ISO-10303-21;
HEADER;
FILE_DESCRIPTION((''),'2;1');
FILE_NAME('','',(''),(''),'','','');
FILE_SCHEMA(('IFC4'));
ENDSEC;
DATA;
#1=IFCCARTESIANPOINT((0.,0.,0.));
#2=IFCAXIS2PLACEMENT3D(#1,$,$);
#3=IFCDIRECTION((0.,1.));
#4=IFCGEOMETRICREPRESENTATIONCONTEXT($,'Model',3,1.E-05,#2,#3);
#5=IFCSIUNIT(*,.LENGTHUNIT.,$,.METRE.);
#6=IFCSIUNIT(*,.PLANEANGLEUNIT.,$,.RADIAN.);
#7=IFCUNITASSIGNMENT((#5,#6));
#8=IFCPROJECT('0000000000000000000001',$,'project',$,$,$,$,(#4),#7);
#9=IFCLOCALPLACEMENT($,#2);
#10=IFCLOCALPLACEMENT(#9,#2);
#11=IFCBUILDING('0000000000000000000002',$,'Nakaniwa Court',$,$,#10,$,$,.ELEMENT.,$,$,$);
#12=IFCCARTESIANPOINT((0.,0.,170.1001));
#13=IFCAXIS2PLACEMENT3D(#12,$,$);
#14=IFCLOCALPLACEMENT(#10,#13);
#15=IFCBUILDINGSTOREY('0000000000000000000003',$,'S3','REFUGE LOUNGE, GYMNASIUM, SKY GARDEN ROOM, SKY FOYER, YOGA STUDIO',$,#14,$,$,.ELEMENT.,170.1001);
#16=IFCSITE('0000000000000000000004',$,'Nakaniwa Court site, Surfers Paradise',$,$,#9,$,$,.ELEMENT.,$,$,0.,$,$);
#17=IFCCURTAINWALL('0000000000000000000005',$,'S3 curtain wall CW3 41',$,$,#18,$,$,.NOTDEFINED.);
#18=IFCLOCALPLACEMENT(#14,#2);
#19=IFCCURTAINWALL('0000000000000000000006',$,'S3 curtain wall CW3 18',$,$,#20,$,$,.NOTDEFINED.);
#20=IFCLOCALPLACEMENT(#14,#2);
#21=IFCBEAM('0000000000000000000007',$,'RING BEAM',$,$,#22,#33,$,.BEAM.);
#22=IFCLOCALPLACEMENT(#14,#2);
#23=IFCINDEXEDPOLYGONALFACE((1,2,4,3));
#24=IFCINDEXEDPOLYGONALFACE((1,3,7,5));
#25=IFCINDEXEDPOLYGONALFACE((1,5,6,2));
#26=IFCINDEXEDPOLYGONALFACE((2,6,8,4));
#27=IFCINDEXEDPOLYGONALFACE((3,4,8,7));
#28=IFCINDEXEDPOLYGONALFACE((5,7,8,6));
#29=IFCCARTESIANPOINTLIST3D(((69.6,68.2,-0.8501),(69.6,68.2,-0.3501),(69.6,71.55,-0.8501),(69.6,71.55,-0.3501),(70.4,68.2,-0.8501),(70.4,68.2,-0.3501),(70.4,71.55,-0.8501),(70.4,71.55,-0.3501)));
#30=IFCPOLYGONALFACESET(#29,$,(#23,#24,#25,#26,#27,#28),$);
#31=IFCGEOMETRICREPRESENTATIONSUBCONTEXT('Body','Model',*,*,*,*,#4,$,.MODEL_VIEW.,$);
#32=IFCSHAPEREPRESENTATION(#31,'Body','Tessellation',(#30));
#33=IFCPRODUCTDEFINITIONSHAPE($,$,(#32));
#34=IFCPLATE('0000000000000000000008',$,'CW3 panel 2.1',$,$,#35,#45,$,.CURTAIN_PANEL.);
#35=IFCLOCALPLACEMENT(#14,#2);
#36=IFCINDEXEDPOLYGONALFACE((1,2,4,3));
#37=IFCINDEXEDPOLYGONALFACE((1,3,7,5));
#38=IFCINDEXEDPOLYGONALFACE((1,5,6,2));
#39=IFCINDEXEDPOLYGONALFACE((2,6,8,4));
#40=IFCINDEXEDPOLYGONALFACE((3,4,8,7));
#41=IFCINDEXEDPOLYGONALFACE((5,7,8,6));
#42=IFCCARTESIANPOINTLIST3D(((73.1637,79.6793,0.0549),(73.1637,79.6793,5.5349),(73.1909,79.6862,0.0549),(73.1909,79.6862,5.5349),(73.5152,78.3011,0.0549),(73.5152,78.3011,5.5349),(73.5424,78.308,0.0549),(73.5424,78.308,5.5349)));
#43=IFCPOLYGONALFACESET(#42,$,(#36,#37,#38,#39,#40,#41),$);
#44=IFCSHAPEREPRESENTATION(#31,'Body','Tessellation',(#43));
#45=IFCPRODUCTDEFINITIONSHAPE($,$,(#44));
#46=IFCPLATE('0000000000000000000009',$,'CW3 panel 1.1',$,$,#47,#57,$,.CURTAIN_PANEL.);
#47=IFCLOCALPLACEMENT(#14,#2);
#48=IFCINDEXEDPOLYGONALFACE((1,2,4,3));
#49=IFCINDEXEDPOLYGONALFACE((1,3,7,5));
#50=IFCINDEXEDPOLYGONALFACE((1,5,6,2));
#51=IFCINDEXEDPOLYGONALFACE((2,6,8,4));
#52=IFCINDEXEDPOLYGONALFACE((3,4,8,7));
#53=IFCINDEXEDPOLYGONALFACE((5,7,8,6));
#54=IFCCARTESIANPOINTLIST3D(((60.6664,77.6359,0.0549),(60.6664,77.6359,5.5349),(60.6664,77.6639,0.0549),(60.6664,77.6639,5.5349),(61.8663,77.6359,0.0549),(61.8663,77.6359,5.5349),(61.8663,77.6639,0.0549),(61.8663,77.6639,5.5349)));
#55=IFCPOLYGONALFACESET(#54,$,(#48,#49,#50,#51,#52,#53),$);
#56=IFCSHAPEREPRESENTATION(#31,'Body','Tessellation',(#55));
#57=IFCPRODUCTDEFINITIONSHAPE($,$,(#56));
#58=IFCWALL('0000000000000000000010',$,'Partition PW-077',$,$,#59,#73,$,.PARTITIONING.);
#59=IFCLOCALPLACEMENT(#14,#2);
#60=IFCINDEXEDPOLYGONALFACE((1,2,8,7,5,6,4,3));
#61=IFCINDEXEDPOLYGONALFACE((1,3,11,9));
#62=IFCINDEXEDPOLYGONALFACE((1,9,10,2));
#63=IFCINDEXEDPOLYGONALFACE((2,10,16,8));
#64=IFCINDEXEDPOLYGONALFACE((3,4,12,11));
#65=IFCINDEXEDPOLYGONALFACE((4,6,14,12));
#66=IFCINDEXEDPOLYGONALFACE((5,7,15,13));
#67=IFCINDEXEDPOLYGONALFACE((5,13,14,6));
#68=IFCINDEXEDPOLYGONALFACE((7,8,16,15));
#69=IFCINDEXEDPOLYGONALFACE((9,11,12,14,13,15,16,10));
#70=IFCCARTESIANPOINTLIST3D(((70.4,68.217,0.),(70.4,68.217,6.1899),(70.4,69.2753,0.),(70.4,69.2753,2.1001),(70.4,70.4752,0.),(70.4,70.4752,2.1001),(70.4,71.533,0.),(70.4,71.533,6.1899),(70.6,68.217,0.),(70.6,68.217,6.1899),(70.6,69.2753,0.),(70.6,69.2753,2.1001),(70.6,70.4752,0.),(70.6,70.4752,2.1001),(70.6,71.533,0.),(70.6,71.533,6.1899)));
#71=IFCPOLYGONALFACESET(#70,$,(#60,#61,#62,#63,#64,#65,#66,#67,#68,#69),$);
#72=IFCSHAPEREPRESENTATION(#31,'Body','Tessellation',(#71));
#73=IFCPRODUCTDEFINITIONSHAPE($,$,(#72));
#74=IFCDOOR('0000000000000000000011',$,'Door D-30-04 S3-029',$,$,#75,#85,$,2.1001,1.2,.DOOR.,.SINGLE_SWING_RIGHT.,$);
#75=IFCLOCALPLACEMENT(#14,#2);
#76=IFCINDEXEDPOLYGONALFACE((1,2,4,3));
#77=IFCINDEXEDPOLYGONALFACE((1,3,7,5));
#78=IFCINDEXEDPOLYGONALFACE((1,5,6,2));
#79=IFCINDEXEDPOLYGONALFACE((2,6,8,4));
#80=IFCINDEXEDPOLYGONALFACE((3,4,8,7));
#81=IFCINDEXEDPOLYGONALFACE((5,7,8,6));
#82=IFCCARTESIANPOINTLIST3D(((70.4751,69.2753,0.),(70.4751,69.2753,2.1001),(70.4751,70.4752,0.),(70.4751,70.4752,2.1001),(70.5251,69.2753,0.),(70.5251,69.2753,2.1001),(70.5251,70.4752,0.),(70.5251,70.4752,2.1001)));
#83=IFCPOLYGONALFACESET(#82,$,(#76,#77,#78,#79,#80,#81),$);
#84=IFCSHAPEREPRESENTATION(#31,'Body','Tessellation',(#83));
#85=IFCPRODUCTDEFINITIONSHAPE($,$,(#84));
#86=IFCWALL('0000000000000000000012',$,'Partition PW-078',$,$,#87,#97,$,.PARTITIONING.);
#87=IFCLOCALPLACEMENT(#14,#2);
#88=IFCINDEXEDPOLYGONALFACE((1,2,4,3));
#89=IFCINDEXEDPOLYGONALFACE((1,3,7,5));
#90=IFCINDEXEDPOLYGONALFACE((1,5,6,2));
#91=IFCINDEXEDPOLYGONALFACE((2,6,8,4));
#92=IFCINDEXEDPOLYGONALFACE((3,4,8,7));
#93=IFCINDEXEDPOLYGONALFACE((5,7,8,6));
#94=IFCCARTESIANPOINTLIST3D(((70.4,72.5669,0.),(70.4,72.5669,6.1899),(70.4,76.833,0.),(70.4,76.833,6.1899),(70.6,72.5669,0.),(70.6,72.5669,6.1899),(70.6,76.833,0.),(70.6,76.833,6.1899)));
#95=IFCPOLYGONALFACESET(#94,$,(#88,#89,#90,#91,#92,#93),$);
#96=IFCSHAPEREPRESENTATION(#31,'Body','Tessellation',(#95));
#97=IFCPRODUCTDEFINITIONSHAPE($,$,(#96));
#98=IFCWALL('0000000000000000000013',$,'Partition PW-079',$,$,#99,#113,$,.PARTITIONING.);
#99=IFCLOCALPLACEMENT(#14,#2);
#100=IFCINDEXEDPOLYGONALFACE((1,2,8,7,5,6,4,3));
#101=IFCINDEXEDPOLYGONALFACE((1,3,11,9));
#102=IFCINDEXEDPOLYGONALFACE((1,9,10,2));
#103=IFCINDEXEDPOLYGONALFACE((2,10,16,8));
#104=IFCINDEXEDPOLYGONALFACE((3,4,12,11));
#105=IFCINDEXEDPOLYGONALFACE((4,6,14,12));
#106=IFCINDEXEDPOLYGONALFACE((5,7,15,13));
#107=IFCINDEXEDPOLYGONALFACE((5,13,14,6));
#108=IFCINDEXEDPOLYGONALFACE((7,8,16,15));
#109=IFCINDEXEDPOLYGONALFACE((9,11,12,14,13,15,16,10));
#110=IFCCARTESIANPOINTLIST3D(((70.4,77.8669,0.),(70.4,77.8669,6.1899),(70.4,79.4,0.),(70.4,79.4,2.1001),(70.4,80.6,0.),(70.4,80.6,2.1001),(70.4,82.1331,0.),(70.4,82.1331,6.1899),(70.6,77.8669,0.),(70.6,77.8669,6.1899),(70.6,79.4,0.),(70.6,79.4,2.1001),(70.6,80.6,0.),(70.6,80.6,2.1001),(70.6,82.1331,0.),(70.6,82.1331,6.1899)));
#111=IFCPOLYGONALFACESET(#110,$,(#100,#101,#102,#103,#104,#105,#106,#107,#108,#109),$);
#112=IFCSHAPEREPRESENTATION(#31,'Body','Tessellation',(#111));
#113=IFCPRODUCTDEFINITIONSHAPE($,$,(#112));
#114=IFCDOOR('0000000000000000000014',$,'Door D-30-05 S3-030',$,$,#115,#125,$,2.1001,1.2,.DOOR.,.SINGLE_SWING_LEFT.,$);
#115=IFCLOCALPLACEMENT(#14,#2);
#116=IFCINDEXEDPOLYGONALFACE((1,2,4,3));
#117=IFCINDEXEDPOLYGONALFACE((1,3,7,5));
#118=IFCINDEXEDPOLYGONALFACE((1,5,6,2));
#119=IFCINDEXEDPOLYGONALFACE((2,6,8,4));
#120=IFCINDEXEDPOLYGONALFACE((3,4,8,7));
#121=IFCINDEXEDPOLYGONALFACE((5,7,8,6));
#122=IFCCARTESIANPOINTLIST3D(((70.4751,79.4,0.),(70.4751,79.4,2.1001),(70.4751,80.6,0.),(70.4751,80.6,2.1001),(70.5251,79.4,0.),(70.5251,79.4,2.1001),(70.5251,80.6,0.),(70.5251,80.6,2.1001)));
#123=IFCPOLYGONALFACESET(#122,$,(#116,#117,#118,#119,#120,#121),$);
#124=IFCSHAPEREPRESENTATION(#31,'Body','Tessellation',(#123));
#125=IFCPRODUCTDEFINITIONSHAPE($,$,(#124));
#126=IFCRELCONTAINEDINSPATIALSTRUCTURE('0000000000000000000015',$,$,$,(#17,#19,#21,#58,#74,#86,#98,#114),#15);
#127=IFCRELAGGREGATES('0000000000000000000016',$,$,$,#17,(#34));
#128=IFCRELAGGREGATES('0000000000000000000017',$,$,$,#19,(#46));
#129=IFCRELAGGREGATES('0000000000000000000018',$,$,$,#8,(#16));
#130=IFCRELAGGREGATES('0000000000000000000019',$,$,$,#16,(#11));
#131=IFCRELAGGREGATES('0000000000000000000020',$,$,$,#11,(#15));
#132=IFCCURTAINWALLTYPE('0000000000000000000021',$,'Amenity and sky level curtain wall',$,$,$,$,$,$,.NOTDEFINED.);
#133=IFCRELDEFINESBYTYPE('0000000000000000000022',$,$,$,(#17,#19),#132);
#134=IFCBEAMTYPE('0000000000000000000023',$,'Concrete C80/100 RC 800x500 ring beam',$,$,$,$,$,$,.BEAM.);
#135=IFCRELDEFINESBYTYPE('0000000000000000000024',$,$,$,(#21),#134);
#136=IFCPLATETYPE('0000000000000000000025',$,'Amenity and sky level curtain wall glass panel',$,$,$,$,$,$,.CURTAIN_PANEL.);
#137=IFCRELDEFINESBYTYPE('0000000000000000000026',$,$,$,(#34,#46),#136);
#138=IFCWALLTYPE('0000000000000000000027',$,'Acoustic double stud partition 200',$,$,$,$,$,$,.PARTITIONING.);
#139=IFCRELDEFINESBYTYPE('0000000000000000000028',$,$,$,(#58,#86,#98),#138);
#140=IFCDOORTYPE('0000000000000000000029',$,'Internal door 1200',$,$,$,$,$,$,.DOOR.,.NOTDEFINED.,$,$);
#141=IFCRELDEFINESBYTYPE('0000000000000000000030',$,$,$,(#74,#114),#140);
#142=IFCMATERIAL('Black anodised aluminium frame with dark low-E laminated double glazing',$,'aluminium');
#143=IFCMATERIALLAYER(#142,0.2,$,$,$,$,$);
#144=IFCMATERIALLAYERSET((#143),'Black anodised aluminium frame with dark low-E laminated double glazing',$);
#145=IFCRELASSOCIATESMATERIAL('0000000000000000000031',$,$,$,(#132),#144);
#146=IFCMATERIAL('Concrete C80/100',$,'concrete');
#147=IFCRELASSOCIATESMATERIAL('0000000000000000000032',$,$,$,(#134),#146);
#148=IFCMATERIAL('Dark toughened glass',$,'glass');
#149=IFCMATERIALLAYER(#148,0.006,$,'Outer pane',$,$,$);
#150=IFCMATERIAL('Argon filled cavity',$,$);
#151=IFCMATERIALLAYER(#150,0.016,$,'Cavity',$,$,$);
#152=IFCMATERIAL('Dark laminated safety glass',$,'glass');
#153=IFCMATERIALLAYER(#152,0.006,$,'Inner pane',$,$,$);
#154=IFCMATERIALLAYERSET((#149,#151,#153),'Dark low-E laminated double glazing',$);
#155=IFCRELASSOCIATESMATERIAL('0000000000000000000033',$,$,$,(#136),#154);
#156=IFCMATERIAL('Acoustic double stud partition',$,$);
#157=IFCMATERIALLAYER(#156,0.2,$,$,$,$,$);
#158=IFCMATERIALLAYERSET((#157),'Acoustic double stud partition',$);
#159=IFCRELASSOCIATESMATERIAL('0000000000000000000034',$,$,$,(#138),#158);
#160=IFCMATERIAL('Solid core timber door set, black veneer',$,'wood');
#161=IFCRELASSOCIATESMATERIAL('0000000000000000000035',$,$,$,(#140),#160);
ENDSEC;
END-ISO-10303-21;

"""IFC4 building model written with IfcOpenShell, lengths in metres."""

from ifc_helpers import new_model, si_unit, direction, frame, frame_2d, origin, origin_2d, place, context, subcontext, project, spatial, rectangle, extrude, material, layer, layer_set, material_profile, profile_set, type_object, element, fill, aggregate, save


model = new_model("IFC4")

# Units and contexts
model_context = context("Model", 3, precision=1e-05, world=origin(), true_north=direction((0.0, 1.0)))
body_context = subcontext(model_context, "Body", "Model", "MODEL_VIEW")
ifc_project = project(units=[si_unit("LENGTHUNIT", "METRE"), si_unit("PLANEANGLEUNIT", "RADIAN")], contexts=[model_context])

# Site, building, storey
site_placement = place(None, origin())
site = spatial("IfcSite", under=ifc_project, at=site_placement, Name="Nakaniwa Court site, Surfers Paradise", CompositionType="ELEMENT", RefElevation=0.0)
building_placement = place(site_placement, origin())
building = spatial("IfcBuilding", under=site, at=building_placement, Name="Nakaniwa Court", CompositionType="ELEMENT")
storey_placement = place(building_placement, frame((0.0, 0.0, 170.1001)))
storey = spatial("IfcBuildingStorey", under=building, at=storey_placement, Name="S3", Description="REFUGE LOUNGE, GYMNASIUM, SKY GARDEN ROOM, SKY FOYER, YOGA STUDIO", CompositionType="ELEMENT", Elevation=170.1001)

# Shared definitions
ifc_material_1 = material(Name="Concrete C80/100", Category="concrete")

# Curtain wall
ifc_material_2 = material(Name="Black anodised aluminium frame with dark low-E laminated double glazing", Category="aluminium")
ifc_layer_1 = layer(ifc_material_2, 0.2)
ifc_layer_set_1 = layer_set([ifc_layer_1], Name="Black anodised aluminium frame with dark low-E laminated double glazing")
curtain_wall_type = type_object("IfcCurtainWallType", Name="Amenity and sky level curtain wall", PredefinedType="NOTDEFINED", material=ifc_layer_set_1)
curtain_wall_1_placement = place(storey_placement, origin())
curtain_wall_1 = element("IfcCurtainWall", 1, at=curtain_wall_1_placement, inside=storey, type_object=curtain_wall_type, Name="S3 curtain wall CW3 41", PredefinedType="NOTDEFINED")

# Curtain wall
curtain_wall_2_placement = place(storey_placement, origin())
curtain_wall_2 = element("IfcCurtainWall", 2, at=curtain_wall_2_placement, inside=storey, type_object=curtain_wall_type, Name="S3 curtain wall CW3 18", PredefinedType="NOTDEFINED")

# Beam
ifc_material_profile_1 = material_profile(ifc_material_1, rectangle(XDim=0.8, YDim=0.5, at=origin_2d()), Name="Concrete C80/100 RC 800x500 ring beam")
ifc_profile_set_1 = profile_set([ifc_material_profile_1], Name="Concrete C80/100")
beam_type_1 = type_object("IfcBeamType", Name="Concrete C80/100 RC 800x500 ring beam", PredefinedType="BEAM", material=ifc_profile_set_1)
beam_1_placement = place(storey_placement, frame((70.0, 71.55, -0.6001), z_axis=(0.0, -1.0, 0.0), x_axis=(1.0, 0.0, 0.0)))
element("IfcBeam", 3, at=beam_1_placement, inside=storey, type_object=beam_type_1, Name="RING BEAM", PredefinedType="BEAM", context=body_context, shape_type="SweptSolid", body=[
    extrude(rectangle(XDim=0.8, YDim=0.5, at=origin_2d()), origin(), (0.0, 0.0, 1.0), 3.3501),
])

# Plates
ifc_material_3 = material(Name="Dark toughened glass", Category="glass")
ifc_layer_2 = layer(ifc_material_3, 0.006, Name="Outer pane")
ifc_material_4 = material(Name="Argon filled cavity")
ifc_layer_3 = layer(ifc_material_4, 0.016, Name="Cavity")
ifc_material_5 = material(Name="Dark laminated safety glass", Category="glass")
ifc_layer_4 = layer(ifc_material_5, 0.006, Name="Inner pane")
ifc_layer_set_2 = layer_set([ifc_layer_2, ifc_layer_3, ifc_layer_4], Name="Dark low-E laminated double glazing")
plate_type = type_object("IfcPlateType", Name="Amenity and sky level curtain wall glass panel", PredefinedType="CURTAIN_PANEL", material=ifc_layer_set_2)
plate_1_placement = place(storey_placement, frame((73.353, 78.9937, 0.0549), z_axis=(0.0, 0.0, 1.0), x_axis=(-0.247114, 0.968986, 0.0)))
plate_1 = element("IfcPlate", 4, at=plate_1_placement, type_object=plate_type, Name="CW3 panel 2.1", PredefinedType="CURTAIN_PANEL", context=body_context, shape_type="SweptSolid", body=[
    extrude(rectangle(XDim=1.4224, YDim=0.0281, at=origin_2d()), origin(), (0.0, 0.0, 1.0), 5.48),
])
aggregate(curtain_wall_1, [plate_1])
plate_2_placement = place(storey_placement, frame((61.2664, 77.6499, 0.0549), z_axis=(0.0, 0.0, 1.0), x_axis=(-1.0, 0.0, 0.0)))
plate_2 = element("IfcPlate", 5, at=plate_2_placement, type_object=plate_type, Name="CW3 panel 1.1", PredefinedType="CURTAIN_PANEL", context=body_context, shape_type="SweptSolid", body=[
    extrude(rectangle(XDim=1.2, YDim=0.0281, at=origin_2d()), origin(), (0.0, 0.0, 1.0), 5.48),
])
aggregate(curtain_wall_2, [plate_2])

# Wall, opening, door
ifc_material_6 = material(Name="Acoustic double stud partition")
ifc_layer_5 = layer(ifc_material_6, 0.2)
ifc_layer_set_3 = layer_set([ifc_layer_5], Name="Acoustic double stud partition")
wall_type_1 = type_object("IfcWallType", Name="Acoustic double stud partition 200", PredefinedType="PARTITIONING", material=ifc_layer_set_3)
wall_1_placement = place(storey_placement, frame((70.5, 68.217, 0.0), z_axis=(0.0, 0.0, 1.0), x_axis=(0.0, 1.0, 0.0)))
wall_1 = element("IfcWall", 6, at=wall_1_placement, inside=storey, type_object=wall_type_1, Name="Partition PW-077", PredefinedType="PARTITIONING", context=body_context, shape_type="SweptSolid", body=[
    extrude(rectangle(XDim=3.3159, YDim=0.2, at=frame_2d((1.658, 0.0))), origin(), (0.0, 0.0, 1.0), 6.1899),
])
opening_1_placement = place(wall_1_placement, frame((1.0581, 0.0, 0.0)))
opening_1 = element("IfcOpeningElement", 7, at=opening_1_placement, cuts=wall_1, PredefinedType="OPENING", context=body_context, shape_type="SweptSolid", body=[
    extrude(rectangle(XDim=1.2, YDim=2.1001, at=frame_2d((0.6001, 1.05))), frame((0.0, 0.1099, 0.0), z_axis=(0.0, -1.0, 0.0), x_axis=(1.0, 0.0, 0.0)), (0.0, 0.0, 1.0), 0.22),
])
ifc_material_7 = material(Name="Solid core timber door set, black veneer", Category="wood")
door_type_1 = type_object("IfcDoorType", Name="Internal door 1200", OperationType="NOTDEFINED", PredefinedType="DOOR", material=ifc_material_7)
door_1_placement = place(opening_1_placement, origin())
door_1 = element("IfcDoor", 8, at=door_1_placement, inside=storey, type_object=door_type_1, Name="Door D-30-04 S3-029", OperationType="SINGLE_SWING_RIGHT", OverallHeight=2.1001, OverallWidth=1.2, PredefinedType="DOOR", context=body_context, shape_type="SweptSolid", body=[
    extrude(rectangle(XDim=1.2, YDim=2.1001, at=frame_2d((0.6001, 1.05))), frame((0.0, 0.0249, 0.0), z_axis=(0.0, -1.0, 0.0), x_axis=(1.0, 0.0, 0.0)), (0.0, 0.0, 1.0), 0.05),
])
fill(opening_1, door_1)

# Wall
wall_2_placement = place(storey_placement, frame((70.5, 72.5669, 0.0), z_axis=(0.0, 0.0, 1.0), x_axis=(0.0, 1.0, 0.0)))
element("IfcWall", 9, at=wall_2_placement, inside=storey, type_object=wall_type_1, Name="Partition PW-078", PredefinedType="PARTITIONING", context=body_context, shape_type="SweptSolid", body=[
    extrude(rectangle(XDim=4.2661, YDim=0.2, at=frame_2d((2.1331, 0.0))), origin(), (0.0, 0.0, 1.0), 6.1899),
])

# Wall, opening, door
wall_3_placement = place(storey_placement, frame((70.5, 77.8669, 0.0), z_axis=(0.0, 0.0, 1.0), x_axis=(0.0, 1.0, 0.0)))
wall_3 = element("IfcWall", 10, at=wall_3_placement, inside=storey, type_object=wall_type_1, Name="Partition PW-079", PredefinedType="PARTITIONING", context=body_context, shape_type="SweptSolid", body=[
    extrude(rectangle(XDim=4.2661, YDim=0.2, at=frame_2d((2.1331, 0.0))), origin(), (0.0, 0.0, 1.0), 6.1899),
])
opening_2_placement = place(wall_3_placement, frame((1.533, 0.0, 0.0)))
opening_2 = element("IfcOpeningElement", 11, at=opening_2_placement, cuts=wall_3, PredefinedType="OPENING", context=body_context, shape_type="SweptSolid", body=[
    extrude(rectangle(XDim=1.2, YDim=2.1001, at=frame_2d((0.6001, 1.05))), frame((0.0, 0.1099, 0.0), z_axis=(0.0, -1.0, 0.0), x_axis=(1.0, 0.0, 0.0)), (0.0, 0.0, 1.0), 0.22),
])
door_2_placement = place(opening_2_placement, origin())
door_2 = element("IfcDoor", 12, at=door_2_placement, inside=storey, type_object=door_type_1, Name="Door D-30-05 S3-030", OperationType="SINGLE_SWING_LEFT", OverallHeight=2.1001, OverallWidth=1.2, PredefinedType="DOOR", context=body_context, shape_type="SweptSolid", body=[
    extrude(rectangle(XDim=1.2, YDim=2.1001, at=frame_2d((0.6001, 1.05))), frame((0.0, 0.0249, 0.0), z_axis=(0.0, -1.0, 0.0), x_axis=(1.0, 0.0, 0.0)), (0.0, 0.0, 1.0), 0.05),
])
fill(opening_2, door_2)

save(model, "model.ifc")
